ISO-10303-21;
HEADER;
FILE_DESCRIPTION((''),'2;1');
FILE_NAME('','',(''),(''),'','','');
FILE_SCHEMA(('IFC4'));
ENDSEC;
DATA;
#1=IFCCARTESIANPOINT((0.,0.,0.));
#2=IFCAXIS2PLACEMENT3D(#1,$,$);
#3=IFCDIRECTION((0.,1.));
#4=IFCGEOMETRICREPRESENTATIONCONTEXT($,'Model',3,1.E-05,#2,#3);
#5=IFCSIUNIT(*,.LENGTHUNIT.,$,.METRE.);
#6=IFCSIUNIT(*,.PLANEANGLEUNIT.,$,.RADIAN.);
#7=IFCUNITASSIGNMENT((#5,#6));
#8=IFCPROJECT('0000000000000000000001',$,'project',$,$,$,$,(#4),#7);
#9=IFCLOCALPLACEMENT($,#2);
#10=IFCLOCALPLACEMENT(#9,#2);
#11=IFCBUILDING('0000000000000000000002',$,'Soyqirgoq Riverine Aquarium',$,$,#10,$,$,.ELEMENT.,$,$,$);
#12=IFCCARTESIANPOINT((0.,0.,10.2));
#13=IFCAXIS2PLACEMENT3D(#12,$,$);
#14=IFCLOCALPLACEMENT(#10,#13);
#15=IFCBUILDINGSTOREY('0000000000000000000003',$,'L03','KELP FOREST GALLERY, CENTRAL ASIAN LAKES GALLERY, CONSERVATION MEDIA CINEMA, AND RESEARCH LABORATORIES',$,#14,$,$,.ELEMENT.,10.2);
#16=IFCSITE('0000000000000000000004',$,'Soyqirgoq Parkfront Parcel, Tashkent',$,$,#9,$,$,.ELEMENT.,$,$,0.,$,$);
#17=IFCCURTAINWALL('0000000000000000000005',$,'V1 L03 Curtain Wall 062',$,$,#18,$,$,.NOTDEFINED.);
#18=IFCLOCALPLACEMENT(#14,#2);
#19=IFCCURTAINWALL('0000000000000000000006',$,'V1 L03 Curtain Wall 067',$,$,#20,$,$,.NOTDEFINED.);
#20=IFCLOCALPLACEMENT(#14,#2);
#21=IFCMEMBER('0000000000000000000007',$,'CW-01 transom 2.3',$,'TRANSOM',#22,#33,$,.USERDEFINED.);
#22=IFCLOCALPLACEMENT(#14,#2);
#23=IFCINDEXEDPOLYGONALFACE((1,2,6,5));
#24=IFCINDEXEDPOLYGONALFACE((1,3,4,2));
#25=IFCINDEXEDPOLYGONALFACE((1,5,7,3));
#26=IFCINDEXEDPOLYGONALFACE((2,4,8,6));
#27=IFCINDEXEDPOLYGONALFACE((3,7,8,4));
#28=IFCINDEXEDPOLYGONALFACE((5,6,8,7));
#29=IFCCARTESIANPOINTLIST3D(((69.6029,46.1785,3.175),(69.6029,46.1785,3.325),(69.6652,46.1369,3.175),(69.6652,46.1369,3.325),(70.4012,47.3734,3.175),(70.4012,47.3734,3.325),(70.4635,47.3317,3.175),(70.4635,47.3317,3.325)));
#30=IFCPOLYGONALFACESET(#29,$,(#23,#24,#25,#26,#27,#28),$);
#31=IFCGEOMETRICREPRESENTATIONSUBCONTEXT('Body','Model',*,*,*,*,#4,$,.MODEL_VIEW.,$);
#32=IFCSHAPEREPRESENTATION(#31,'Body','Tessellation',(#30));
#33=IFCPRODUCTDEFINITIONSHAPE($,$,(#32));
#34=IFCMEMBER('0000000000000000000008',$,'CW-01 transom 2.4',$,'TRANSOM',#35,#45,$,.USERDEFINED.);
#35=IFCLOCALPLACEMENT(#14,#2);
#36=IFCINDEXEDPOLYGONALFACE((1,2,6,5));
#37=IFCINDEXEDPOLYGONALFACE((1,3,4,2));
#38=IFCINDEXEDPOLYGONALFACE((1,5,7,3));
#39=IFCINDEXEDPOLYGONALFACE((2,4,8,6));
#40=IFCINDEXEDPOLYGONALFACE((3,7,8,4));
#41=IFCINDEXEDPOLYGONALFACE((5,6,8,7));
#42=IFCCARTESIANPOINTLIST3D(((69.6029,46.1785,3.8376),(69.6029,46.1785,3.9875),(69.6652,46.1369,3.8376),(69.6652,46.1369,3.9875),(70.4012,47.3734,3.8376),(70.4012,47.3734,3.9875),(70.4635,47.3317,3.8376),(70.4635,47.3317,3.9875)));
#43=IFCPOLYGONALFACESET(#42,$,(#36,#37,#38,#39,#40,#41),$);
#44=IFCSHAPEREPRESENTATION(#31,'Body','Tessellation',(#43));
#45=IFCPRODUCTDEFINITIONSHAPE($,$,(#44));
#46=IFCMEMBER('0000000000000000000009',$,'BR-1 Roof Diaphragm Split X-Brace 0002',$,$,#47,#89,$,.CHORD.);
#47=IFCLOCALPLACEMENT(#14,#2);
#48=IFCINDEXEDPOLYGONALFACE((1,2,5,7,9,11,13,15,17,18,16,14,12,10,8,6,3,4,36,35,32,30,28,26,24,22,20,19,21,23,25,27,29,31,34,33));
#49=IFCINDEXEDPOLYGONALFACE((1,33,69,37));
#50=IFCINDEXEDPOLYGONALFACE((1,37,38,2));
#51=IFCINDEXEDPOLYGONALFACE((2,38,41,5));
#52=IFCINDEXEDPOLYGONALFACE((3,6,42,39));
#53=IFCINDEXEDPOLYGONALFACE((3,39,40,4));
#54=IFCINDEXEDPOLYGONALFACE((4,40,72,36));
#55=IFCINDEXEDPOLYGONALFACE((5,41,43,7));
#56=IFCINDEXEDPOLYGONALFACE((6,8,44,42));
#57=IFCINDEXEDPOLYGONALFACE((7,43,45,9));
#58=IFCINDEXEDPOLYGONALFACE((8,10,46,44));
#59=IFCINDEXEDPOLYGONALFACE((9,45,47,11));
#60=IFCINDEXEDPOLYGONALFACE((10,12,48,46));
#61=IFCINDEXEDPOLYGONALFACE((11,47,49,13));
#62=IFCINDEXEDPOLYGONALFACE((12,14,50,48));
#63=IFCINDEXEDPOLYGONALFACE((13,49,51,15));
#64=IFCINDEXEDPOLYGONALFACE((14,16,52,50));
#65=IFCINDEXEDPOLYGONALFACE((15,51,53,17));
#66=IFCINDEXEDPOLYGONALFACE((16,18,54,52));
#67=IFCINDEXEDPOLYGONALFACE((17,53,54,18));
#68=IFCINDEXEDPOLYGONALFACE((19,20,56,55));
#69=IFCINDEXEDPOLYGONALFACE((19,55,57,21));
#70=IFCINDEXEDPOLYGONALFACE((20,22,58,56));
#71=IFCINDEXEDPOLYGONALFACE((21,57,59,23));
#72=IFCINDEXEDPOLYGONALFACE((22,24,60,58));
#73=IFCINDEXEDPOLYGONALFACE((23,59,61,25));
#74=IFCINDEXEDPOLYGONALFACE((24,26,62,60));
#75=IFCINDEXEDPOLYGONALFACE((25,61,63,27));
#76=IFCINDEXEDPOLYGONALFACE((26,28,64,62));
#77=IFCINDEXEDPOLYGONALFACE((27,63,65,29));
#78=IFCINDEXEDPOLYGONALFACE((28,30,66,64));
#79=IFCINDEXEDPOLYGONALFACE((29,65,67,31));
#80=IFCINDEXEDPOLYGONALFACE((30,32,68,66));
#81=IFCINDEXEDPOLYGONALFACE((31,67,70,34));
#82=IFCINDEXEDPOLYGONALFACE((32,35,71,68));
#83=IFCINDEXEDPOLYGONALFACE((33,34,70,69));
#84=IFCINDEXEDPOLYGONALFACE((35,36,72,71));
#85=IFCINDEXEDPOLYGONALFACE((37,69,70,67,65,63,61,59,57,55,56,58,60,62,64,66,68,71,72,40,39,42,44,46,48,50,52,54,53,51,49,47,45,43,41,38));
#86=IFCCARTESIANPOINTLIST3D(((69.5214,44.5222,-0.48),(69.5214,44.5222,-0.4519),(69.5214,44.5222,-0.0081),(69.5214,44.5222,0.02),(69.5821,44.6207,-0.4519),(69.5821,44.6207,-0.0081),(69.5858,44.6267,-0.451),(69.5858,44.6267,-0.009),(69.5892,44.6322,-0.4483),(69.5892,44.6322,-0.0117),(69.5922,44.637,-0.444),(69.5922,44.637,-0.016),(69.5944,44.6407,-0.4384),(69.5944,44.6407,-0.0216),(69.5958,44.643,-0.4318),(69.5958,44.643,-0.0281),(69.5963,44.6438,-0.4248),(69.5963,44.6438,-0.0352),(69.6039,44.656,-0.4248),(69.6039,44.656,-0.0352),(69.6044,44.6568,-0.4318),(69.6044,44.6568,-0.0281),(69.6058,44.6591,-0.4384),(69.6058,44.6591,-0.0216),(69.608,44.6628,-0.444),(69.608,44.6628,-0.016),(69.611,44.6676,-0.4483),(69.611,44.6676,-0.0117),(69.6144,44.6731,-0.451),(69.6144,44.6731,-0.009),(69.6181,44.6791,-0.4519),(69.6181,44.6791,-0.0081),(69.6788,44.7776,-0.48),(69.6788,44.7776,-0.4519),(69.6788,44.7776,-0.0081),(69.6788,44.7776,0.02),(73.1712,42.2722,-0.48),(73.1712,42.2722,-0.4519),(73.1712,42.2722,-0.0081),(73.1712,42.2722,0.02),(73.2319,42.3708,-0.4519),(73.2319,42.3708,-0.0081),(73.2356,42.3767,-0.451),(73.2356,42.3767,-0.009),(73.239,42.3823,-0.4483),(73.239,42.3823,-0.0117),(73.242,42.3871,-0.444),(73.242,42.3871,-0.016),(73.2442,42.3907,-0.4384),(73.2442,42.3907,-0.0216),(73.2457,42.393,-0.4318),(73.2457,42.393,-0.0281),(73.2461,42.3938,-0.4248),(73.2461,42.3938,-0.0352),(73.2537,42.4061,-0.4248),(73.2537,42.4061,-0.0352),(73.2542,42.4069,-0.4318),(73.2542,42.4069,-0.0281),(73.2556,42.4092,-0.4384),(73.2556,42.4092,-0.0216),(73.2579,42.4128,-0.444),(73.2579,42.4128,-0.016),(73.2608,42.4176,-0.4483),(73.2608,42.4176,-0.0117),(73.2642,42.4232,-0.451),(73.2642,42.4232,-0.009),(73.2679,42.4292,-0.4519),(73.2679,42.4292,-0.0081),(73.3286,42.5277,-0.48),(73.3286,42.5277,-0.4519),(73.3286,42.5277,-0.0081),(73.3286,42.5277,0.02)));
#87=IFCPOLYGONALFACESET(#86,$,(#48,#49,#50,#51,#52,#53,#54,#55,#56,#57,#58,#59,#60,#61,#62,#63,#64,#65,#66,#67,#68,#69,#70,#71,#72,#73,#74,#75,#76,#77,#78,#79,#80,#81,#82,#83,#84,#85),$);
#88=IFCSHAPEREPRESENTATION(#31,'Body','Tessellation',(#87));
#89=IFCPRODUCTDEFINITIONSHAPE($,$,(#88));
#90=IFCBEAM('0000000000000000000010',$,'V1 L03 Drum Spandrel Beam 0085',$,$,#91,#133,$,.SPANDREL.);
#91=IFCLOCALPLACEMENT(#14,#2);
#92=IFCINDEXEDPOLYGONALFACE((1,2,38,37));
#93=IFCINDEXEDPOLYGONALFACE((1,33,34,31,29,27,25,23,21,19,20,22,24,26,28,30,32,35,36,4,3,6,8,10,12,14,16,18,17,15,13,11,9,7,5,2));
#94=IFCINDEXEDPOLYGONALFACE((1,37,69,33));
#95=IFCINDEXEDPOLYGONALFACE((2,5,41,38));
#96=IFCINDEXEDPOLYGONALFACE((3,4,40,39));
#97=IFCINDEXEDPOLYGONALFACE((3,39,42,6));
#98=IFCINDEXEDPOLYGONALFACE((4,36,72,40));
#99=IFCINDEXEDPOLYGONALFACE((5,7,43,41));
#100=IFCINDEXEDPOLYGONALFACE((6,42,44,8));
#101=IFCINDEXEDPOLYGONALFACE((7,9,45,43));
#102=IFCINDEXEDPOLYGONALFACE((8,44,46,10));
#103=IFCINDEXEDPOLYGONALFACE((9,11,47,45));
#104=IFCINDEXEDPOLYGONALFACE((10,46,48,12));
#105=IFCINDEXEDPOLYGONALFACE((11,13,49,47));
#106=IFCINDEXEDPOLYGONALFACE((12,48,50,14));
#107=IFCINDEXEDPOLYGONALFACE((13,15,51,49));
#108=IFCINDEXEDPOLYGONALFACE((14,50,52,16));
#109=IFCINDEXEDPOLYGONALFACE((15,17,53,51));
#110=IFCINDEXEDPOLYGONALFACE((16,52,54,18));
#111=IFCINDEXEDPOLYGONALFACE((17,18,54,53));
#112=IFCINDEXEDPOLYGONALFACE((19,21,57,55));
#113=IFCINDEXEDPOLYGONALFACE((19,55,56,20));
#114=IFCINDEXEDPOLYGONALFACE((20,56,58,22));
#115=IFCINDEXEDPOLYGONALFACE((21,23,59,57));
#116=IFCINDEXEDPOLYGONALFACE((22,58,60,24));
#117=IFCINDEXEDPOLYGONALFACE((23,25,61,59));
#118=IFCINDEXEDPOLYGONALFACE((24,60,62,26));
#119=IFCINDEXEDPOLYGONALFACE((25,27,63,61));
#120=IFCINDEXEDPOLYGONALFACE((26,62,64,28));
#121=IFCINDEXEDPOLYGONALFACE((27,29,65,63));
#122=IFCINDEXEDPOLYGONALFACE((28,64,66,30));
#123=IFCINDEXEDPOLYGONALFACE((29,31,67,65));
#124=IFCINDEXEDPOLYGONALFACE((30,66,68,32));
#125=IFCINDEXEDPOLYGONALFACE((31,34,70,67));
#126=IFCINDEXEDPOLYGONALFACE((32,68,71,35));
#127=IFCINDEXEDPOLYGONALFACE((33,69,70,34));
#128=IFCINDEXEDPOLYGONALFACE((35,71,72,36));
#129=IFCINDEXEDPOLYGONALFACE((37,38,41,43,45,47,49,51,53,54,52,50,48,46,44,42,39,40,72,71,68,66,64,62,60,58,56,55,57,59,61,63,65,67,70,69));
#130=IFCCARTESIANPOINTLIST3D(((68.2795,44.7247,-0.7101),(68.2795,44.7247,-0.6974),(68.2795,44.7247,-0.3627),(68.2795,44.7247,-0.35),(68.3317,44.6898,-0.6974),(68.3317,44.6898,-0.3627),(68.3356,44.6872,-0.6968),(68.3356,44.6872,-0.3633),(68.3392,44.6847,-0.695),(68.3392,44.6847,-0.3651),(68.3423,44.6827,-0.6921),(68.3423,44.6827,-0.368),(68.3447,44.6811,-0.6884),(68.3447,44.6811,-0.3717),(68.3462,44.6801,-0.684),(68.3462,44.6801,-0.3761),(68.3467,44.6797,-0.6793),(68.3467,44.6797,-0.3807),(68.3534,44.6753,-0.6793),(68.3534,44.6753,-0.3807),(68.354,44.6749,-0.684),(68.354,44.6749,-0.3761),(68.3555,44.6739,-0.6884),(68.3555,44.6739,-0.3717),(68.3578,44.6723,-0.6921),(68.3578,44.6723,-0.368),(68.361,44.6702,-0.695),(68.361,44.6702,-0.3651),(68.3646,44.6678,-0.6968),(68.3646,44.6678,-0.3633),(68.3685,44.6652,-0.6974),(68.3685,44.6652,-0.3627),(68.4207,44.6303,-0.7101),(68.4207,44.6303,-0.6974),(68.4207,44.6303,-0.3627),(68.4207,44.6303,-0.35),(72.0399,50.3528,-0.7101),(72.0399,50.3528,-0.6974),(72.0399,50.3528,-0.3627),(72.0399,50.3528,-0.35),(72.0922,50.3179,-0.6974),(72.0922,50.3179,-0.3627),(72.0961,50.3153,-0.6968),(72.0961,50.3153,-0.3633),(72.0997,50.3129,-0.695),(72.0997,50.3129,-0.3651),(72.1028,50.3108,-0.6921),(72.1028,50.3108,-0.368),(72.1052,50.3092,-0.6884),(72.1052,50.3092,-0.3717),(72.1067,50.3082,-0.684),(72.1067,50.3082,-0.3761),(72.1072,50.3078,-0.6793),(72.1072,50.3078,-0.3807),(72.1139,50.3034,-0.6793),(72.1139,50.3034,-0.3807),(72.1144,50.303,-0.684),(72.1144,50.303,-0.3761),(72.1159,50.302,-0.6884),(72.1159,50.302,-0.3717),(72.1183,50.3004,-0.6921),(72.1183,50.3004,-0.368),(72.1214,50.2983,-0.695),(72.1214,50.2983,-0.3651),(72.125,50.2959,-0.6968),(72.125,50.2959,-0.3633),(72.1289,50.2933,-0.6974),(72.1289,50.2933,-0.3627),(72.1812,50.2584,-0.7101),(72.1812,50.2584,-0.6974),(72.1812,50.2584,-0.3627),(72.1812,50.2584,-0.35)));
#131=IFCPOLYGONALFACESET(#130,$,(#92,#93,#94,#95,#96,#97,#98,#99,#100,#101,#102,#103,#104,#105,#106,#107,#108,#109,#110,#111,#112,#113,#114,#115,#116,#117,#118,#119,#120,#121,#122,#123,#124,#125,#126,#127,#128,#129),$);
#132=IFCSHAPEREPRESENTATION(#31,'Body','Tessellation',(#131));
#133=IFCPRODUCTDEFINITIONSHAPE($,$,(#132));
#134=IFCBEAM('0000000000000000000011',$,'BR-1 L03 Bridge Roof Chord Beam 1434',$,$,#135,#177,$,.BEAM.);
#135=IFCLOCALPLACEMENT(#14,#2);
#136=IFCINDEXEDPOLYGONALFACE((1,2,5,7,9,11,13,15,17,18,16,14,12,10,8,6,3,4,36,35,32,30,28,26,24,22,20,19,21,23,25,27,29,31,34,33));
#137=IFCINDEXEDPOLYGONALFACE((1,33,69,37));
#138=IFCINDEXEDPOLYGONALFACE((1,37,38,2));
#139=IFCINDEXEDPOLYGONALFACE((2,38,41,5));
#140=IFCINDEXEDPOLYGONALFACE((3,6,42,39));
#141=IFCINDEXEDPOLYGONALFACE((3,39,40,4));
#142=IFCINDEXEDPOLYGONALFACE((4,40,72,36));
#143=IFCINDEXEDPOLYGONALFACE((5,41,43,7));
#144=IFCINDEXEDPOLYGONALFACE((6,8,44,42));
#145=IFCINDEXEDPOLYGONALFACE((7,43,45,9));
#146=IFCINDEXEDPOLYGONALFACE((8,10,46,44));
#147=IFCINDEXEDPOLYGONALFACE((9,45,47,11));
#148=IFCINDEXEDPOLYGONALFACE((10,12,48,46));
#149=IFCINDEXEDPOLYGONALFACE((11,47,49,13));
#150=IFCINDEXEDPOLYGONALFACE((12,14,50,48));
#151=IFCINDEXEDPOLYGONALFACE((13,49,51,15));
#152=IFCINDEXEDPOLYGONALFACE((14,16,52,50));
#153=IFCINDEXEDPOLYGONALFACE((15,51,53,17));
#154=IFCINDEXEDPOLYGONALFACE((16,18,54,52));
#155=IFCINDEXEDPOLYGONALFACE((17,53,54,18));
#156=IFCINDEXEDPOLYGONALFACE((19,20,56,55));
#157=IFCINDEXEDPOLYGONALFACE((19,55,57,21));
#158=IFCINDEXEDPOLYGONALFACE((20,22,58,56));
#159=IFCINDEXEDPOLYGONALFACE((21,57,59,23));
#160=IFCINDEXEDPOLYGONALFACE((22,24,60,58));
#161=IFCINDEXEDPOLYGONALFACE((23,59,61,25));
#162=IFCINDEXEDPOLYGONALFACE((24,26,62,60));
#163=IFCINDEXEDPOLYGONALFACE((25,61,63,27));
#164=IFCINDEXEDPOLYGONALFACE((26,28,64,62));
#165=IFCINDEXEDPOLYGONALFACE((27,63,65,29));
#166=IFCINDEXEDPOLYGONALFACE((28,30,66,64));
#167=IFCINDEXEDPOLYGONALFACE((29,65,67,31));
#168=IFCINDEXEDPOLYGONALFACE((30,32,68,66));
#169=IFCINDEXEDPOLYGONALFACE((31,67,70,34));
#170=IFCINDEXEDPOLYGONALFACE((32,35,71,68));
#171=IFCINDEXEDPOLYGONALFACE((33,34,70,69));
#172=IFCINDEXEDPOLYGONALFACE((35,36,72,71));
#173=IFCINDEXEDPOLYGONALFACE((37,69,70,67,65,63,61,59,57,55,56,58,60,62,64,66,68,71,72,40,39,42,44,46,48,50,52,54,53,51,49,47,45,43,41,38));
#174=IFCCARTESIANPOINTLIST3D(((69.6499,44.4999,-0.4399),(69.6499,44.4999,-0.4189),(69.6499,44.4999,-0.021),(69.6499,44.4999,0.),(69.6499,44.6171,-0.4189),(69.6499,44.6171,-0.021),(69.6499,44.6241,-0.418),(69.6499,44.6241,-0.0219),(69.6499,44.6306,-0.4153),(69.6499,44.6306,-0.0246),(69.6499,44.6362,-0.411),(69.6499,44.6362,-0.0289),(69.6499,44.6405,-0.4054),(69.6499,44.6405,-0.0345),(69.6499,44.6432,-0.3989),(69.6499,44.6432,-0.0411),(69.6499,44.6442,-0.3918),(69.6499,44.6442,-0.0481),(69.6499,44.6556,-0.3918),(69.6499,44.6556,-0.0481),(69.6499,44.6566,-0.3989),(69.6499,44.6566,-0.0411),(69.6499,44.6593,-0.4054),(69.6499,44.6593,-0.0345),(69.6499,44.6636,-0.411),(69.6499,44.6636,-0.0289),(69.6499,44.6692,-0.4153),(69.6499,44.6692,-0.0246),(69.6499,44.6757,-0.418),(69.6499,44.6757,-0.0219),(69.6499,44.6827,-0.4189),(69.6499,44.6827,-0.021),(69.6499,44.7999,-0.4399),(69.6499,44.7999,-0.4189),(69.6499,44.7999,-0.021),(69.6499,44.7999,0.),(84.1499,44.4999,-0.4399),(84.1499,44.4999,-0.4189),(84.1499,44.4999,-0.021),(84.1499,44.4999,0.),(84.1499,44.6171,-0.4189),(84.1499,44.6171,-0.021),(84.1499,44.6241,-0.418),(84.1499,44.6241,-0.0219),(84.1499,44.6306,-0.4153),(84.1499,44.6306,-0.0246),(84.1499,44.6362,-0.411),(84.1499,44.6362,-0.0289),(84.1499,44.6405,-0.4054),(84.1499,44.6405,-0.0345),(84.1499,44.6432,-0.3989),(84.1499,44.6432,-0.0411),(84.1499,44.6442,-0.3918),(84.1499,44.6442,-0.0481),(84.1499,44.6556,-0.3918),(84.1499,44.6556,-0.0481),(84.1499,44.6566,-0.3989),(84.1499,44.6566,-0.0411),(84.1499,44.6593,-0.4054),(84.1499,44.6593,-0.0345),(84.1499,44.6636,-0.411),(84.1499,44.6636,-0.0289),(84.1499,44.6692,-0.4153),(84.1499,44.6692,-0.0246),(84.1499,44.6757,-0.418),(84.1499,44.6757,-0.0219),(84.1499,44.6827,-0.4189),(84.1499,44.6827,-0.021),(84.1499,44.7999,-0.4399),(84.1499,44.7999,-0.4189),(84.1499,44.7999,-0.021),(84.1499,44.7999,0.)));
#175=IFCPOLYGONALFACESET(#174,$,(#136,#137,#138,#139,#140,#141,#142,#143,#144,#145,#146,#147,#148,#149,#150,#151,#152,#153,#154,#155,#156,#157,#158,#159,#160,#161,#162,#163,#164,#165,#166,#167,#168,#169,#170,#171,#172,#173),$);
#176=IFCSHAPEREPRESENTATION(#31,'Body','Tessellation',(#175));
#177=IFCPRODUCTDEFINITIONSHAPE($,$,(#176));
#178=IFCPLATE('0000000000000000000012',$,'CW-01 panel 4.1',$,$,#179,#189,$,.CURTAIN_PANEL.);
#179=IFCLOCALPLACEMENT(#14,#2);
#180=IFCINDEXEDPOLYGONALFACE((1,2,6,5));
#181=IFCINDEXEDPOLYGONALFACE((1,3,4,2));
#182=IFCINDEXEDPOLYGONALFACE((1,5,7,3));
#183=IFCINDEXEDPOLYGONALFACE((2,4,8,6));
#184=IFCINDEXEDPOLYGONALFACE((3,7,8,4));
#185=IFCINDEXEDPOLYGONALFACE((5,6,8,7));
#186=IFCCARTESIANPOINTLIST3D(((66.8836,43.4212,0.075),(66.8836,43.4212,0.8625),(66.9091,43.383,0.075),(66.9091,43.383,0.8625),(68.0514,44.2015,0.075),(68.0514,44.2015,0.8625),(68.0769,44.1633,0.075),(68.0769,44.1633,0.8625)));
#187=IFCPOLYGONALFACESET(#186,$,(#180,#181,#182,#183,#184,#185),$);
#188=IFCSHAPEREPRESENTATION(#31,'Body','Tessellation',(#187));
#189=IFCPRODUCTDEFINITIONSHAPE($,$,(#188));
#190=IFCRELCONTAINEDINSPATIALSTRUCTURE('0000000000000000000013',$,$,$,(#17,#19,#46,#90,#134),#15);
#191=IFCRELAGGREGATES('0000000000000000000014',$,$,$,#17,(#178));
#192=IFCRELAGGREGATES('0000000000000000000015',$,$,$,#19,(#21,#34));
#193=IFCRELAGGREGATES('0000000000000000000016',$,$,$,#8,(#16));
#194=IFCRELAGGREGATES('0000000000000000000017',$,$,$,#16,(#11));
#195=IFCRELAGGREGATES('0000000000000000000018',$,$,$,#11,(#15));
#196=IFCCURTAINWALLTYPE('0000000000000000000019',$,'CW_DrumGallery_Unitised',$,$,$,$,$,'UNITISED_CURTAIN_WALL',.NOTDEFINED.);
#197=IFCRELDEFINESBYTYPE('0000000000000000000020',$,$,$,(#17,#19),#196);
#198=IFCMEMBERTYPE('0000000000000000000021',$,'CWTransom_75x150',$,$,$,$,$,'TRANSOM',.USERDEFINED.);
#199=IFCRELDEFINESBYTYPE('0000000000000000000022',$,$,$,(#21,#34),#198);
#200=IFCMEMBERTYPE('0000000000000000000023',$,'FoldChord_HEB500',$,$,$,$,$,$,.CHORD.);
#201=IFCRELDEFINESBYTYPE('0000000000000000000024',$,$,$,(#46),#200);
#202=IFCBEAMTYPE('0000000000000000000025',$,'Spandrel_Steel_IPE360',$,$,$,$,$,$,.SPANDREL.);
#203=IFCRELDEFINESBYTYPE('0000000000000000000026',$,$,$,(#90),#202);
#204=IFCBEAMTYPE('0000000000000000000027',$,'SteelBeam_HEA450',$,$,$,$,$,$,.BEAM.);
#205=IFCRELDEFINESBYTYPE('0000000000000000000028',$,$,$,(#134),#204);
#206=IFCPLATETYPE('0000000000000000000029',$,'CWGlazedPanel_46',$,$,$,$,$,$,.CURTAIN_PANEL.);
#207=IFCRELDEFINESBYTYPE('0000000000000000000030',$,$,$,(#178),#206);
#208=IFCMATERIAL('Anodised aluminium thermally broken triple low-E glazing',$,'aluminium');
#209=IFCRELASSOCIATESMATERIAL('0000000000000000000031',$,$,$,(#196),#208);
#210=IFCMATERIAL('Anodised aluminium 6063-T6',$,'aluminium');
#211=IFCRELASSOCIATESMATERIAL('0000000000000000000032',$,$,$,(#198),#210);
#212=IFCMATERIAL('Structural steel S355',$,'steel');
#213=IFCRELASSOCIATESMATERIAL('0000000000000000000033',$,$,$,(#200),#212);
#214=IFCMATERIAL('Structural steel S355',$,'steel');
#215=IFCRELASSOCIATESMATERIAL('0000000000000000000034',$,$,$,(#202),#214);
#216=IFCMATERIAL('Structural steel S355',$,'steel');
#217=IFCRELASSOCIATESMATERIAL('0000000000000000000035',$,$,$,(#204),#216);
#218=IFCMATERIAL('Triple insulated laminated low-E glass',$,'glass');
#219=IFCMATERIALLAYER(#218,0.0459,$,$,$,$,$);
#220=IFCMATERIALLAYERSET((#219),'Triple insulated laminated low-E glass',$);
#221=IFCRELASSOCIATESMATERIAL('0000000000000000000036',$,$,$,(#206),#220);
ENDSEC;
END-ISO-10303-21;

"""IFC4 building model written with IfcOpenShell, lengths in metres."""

from ifc_helpers import new_model, si_unit, direction, frame, origin, origin_2d, place, context, subcontext, project, spatial, rectangle, i_section, extrude, material, layer, layer_set, material_profile, profile_set, type_object, element, aggregate, save


model = new_model("IFC4")

# Units and contexts
model_context = context("Model", 3, precision=1e-05, world=origin(), true_north=direction((0.0, 1.0)))
body_context = subcontext(model_context, "Body", "Model", "MODEL_VIEW")
ifc_project = project(units=[si_unit("LENGTHUNIT", "METRE"), si_unit("PLANEANGLEUNIT", "RADIAN")], contexts=[model_context])

# Site, building, storey
site_placement = place(None, origin())
site = spatial("IfcSite", under=ifc_project, at=site_placement, Name="Soyqirgoq Parkfront Parcel, Tashkent", CompositionType="ELEMENT", RefElevation=0.0)
building_placement = place(site_placement, origin())
building = spatial("IfcBuilding", under=site, at=building_placement, Name="Soyqirgoq Riverine Aquarium", CompositionType="ELEMENT")
storey_placement = place(building_placement, frame((0.0, 0.0, 10.2)))
storey = spatial("IfcBuildingStorey", under=building, at=storey_placement, Name="L03", Description="KELP FOREST GALLERY, CENTRAL ASIAN LAKES GALLERY, CONSERVATION MEDIA CINEMA, AND RESEARCH LABORATORIES", CompositionType="ELEMENT", Elevation=10.2)

# Curtain wall
ifc_material_1 = material(Name="Anodised aluminium thermally broken triple low-E glazing", Category="aluminium")
curtain_wall_type = type_object("IfcCurtainWallType", Name="CW_DrumGallery_Unitised", ElementType="UNITISED_CURTAIN_WALL", PredefinedType="NOTDEFINED", material=ifc_material_1)
curtain_wall_1_placement = place(storey_placement, origin())
curtain_wall_1 = element("IfcCurtainWall", 1, at=curtain_wall_1_placement, inside=storey, type_object=curtain_wall_type, Name="V1 L03 Curtain Wall 062", PredefinedType="NOTDEFINED")

# Curtain wall
curtain_wall_2_placement = place(storey_placement, origin())
curtain_wall_2 = element("IfcCurtainWall", 2, at=curtain_wall_2_placement, inside=storey, type_object=curtain_wall_type, Name="V1 L03 Curtain Wall 067", PredefinedType="NOTDEFINED")

# Members
ifc_material_2 = material(Name="Anodised aluminium 6063-T6", Category="aluminium")
ifc_material_profile_1 = material_profile(ifc_material_2, rectangle(XDim=0.075, YDim=0.1499, at=origin_2d()), Name="ALU-T 75x150")
ifc_profile_set_1 = profile_set([ifc_material_profile_1], Name="Anodised aluminium 6063-T6")
member_type_1 = type_object("IfcMemberType", Name="CWTransom_75x150", ElementType="TRANSOM", PredefinedType="USERDEFINED", material=ifc_profile_set_1)
member_1_placement = place(storey_placement, frame((69.634, 46.1577, 3.25), z_axis=(0.555562, 0.831475, 0.0), x_axis=(-0.831475, 0.555562, 0.0)))
member_1 = element("IfcMember", 3, at=member_1_placement, type_object=member_type_1, Name="CW-01 transom 2.3", ObjectType="TRANSOM", PredefinedType="USERDEFINED", context=body_context, shape_type="SweptSolid", body=[
    extrude(rectangle(XDim=0.075, YDim=0.1499, at=origin_2d()), origin(), (0.0, 0.0, 1.0), 1.437),
])
member_2_placement = place(storey_placement, frame((69.634, 46.1577, 3.9126), z_axis=(0.555562, 0.831475, 0.0), x_axis=(-0.831475, 0.555562, 0.0)))
member_2 = element("IfcMember", 4, at=member_2_placement, type_object=member_type_1, Name="CW-01 transom 2.4", ObjectType="TRANSOM", PredefinedType="USERDEFINED", context=body_context, shape_type="SweptSolid", body=[
    extrude(rectangle(XDim=0.075, YDim=0.1499, at=origin_2d()), origin(), (0.0, 0.0, 1.0), 1.437),
])
ifc_material_3 = material(Name="Structural steel S355", Category="steel")
ifc_material_profile_2 = material_profile(ifc_material_3, i_section(OverallWidth=0.3, OverallDepth=0.5, WebThickness=0.0144, FlangeThickness=0.0281, FilletRadius=0.0271, at=origin_2d()), Name="HEB 500")
ifc_profile_set_2 = profile_set([ifc_material_profile_2], Name="Structural steel S355")
member_type_2 = type_object("IfcMemberType", Name="FoldChord_HEB500", PredefinedType="CHORD", material=ifc_profile_set_2)
member_3_placement = place(storey_placement, frame((69.6001, 44.6499, -0.23), z_axis=(0.851251, -0.524758, 0.0), x_axis=(0.524758, 0.851251, 0.0)))
element("IfcMember", 5, at=member_3_placement, inside=storey, type_object=member_type_2, Name="BR-1 Roof Diaphragm Split X-Brace 0002", PredefinedType="CHORD", context=body_context, shape_type="SweptSolid", body=[
    extrude(i_section(OverallWidth=0.3, OverallDepth=0.5, WebThickness=0.0144, FlangeThickness=0.0281, FilletRadius=0.0271, at=origin_2d()), origin(), (0.0, 0.0, 1.0), 4.2876),
])

# Beams
ifc_material_4 = material(Name="Structural steel S355", Category="steel")
ifc_material_profile_3 = material_profile(ifc_material_4, i_section(OverallWidth=0.1699, OverallDepth=0.3601, WebThickness=0.0081, FlangeThickness=0.0127, FilletRadius=0.0181, at=origin_2d()), Name="IPE 360")
ifc_profile_set_3 = profile_set([ifc_material_profile_3], Name="Structural steel S355")
beam_type_1 = type_object("IfcBeamType", Name="Spandrel_Steel_IPE360", PredefinedType="SPANDREL", material=ifc_profile_set_3)
beam_1_placement = place(storey_placement, frame((68.3501, 44.6775, -0.53), z_axis=(0.555557, 0.831478, 0.0), x_axis=(-0.831478, 0.555557, 0.0)))
element("IfcBeam", 6, at=beam_1_placement, inside=storey, type_object=beam_type_1, Name="V1 L03 Drum Spandrel Beam 0085", PredefinedType="SPANDREL", context=body_context, shape_type="SweptSolid", body=[
    extrude(i_section(OverallWidth=0.1699, OverallDepth=0.3601, WebThickness=0.0081, FlangeThickness=0.0127, FilletRadius=0.0181, at=origin_2d()), origin(), (0.0, 0.0, 1.0), 6.7688),
])
ifc_material_5 = material(Name="Structural steel S355", Category="steel")
ifc_material_profile_4 = material_profile(ifc_material_5, i_section(OverallWidth=0.3, OverallDepth=0.4399, WebThickness=0.0115, FlangeThickness=0.021, FilletRadius=0.0271, at=origin_2d()), Name="HEA 450")
ifc_profile_set_4 = profile_set([ifc_material_profile_4], Name="Structural steel S355")
beam_type_2 = type_object("IfcBeamType", Name="SteelBeam_HEA450", PredefinedType="BEAM", material=ifc_profile_set_4)
beam_2_placement = place(storey_placement, frame((69.6499, 44.6499, -0.22), z_axis=(1.0, 0.0, 0.0), x_axis=(0.0, 1.0, 0.0)))
element("IfcBeam", 7, at=beam_2_placement, inside=storey, type_object=beam_type_2, Name="BR-1 L03 Bridge Roof Chord Beam 1434", PredefinedType="BEAM", context=body_context, shape_type="SweptSolid", body=[
    extrude(i_section(OverallWidth=0.3, OverallDepth=0.4399, WebThickness=0.0115, FlangeThickness=0.021, FilletRadius=0.0271, at=origin_2d()), origin(), (0.0, 0.0, 1.0), 14.5),
])

# Plate
ifc_material_6 = material(Name="Triple insulated laminated low-E glass", Category="glass")
ifc_layer_1 = layer(ifc_material_6, 0.0459)
ifc_layer_set_1 = layer_set([ifc_layer_1], Name="Triple insulated laminated low-E glass")
plate_type_1 = type_object("IfcPlateType", Name="CWGlazedPanel_46", PredefinedType="CURTAIN_PANEL", material=ifc_layer_set_1)
plate_1_placement = place(storey_placement, frame((67.4802, 43.7922, 0.075), z_axis=(0.0, 0.0, 1.0), x_axis=(0.831469, 0.555572, 0.0)))
plate_1 = element("IfcPlate", 8, at=plate_1_placement, type_object=plate_type_1, Name="CW-01 panel 4.1", PredefinedType="CURTAIN_PANEL", context=body_context, shape_type="SweptSolid", body=[
    extrude(rectangle(XDim=1.4045, YDim=0.0459, at=origin_2d()), origin(), (0.0, 0.0, 1.0), 0.7876),
])
aggregate(curtain_wall_1, [plate_1])
aggregate(curtain_wall_2, [member_1, member_2])

save(model, "model.ifc")
